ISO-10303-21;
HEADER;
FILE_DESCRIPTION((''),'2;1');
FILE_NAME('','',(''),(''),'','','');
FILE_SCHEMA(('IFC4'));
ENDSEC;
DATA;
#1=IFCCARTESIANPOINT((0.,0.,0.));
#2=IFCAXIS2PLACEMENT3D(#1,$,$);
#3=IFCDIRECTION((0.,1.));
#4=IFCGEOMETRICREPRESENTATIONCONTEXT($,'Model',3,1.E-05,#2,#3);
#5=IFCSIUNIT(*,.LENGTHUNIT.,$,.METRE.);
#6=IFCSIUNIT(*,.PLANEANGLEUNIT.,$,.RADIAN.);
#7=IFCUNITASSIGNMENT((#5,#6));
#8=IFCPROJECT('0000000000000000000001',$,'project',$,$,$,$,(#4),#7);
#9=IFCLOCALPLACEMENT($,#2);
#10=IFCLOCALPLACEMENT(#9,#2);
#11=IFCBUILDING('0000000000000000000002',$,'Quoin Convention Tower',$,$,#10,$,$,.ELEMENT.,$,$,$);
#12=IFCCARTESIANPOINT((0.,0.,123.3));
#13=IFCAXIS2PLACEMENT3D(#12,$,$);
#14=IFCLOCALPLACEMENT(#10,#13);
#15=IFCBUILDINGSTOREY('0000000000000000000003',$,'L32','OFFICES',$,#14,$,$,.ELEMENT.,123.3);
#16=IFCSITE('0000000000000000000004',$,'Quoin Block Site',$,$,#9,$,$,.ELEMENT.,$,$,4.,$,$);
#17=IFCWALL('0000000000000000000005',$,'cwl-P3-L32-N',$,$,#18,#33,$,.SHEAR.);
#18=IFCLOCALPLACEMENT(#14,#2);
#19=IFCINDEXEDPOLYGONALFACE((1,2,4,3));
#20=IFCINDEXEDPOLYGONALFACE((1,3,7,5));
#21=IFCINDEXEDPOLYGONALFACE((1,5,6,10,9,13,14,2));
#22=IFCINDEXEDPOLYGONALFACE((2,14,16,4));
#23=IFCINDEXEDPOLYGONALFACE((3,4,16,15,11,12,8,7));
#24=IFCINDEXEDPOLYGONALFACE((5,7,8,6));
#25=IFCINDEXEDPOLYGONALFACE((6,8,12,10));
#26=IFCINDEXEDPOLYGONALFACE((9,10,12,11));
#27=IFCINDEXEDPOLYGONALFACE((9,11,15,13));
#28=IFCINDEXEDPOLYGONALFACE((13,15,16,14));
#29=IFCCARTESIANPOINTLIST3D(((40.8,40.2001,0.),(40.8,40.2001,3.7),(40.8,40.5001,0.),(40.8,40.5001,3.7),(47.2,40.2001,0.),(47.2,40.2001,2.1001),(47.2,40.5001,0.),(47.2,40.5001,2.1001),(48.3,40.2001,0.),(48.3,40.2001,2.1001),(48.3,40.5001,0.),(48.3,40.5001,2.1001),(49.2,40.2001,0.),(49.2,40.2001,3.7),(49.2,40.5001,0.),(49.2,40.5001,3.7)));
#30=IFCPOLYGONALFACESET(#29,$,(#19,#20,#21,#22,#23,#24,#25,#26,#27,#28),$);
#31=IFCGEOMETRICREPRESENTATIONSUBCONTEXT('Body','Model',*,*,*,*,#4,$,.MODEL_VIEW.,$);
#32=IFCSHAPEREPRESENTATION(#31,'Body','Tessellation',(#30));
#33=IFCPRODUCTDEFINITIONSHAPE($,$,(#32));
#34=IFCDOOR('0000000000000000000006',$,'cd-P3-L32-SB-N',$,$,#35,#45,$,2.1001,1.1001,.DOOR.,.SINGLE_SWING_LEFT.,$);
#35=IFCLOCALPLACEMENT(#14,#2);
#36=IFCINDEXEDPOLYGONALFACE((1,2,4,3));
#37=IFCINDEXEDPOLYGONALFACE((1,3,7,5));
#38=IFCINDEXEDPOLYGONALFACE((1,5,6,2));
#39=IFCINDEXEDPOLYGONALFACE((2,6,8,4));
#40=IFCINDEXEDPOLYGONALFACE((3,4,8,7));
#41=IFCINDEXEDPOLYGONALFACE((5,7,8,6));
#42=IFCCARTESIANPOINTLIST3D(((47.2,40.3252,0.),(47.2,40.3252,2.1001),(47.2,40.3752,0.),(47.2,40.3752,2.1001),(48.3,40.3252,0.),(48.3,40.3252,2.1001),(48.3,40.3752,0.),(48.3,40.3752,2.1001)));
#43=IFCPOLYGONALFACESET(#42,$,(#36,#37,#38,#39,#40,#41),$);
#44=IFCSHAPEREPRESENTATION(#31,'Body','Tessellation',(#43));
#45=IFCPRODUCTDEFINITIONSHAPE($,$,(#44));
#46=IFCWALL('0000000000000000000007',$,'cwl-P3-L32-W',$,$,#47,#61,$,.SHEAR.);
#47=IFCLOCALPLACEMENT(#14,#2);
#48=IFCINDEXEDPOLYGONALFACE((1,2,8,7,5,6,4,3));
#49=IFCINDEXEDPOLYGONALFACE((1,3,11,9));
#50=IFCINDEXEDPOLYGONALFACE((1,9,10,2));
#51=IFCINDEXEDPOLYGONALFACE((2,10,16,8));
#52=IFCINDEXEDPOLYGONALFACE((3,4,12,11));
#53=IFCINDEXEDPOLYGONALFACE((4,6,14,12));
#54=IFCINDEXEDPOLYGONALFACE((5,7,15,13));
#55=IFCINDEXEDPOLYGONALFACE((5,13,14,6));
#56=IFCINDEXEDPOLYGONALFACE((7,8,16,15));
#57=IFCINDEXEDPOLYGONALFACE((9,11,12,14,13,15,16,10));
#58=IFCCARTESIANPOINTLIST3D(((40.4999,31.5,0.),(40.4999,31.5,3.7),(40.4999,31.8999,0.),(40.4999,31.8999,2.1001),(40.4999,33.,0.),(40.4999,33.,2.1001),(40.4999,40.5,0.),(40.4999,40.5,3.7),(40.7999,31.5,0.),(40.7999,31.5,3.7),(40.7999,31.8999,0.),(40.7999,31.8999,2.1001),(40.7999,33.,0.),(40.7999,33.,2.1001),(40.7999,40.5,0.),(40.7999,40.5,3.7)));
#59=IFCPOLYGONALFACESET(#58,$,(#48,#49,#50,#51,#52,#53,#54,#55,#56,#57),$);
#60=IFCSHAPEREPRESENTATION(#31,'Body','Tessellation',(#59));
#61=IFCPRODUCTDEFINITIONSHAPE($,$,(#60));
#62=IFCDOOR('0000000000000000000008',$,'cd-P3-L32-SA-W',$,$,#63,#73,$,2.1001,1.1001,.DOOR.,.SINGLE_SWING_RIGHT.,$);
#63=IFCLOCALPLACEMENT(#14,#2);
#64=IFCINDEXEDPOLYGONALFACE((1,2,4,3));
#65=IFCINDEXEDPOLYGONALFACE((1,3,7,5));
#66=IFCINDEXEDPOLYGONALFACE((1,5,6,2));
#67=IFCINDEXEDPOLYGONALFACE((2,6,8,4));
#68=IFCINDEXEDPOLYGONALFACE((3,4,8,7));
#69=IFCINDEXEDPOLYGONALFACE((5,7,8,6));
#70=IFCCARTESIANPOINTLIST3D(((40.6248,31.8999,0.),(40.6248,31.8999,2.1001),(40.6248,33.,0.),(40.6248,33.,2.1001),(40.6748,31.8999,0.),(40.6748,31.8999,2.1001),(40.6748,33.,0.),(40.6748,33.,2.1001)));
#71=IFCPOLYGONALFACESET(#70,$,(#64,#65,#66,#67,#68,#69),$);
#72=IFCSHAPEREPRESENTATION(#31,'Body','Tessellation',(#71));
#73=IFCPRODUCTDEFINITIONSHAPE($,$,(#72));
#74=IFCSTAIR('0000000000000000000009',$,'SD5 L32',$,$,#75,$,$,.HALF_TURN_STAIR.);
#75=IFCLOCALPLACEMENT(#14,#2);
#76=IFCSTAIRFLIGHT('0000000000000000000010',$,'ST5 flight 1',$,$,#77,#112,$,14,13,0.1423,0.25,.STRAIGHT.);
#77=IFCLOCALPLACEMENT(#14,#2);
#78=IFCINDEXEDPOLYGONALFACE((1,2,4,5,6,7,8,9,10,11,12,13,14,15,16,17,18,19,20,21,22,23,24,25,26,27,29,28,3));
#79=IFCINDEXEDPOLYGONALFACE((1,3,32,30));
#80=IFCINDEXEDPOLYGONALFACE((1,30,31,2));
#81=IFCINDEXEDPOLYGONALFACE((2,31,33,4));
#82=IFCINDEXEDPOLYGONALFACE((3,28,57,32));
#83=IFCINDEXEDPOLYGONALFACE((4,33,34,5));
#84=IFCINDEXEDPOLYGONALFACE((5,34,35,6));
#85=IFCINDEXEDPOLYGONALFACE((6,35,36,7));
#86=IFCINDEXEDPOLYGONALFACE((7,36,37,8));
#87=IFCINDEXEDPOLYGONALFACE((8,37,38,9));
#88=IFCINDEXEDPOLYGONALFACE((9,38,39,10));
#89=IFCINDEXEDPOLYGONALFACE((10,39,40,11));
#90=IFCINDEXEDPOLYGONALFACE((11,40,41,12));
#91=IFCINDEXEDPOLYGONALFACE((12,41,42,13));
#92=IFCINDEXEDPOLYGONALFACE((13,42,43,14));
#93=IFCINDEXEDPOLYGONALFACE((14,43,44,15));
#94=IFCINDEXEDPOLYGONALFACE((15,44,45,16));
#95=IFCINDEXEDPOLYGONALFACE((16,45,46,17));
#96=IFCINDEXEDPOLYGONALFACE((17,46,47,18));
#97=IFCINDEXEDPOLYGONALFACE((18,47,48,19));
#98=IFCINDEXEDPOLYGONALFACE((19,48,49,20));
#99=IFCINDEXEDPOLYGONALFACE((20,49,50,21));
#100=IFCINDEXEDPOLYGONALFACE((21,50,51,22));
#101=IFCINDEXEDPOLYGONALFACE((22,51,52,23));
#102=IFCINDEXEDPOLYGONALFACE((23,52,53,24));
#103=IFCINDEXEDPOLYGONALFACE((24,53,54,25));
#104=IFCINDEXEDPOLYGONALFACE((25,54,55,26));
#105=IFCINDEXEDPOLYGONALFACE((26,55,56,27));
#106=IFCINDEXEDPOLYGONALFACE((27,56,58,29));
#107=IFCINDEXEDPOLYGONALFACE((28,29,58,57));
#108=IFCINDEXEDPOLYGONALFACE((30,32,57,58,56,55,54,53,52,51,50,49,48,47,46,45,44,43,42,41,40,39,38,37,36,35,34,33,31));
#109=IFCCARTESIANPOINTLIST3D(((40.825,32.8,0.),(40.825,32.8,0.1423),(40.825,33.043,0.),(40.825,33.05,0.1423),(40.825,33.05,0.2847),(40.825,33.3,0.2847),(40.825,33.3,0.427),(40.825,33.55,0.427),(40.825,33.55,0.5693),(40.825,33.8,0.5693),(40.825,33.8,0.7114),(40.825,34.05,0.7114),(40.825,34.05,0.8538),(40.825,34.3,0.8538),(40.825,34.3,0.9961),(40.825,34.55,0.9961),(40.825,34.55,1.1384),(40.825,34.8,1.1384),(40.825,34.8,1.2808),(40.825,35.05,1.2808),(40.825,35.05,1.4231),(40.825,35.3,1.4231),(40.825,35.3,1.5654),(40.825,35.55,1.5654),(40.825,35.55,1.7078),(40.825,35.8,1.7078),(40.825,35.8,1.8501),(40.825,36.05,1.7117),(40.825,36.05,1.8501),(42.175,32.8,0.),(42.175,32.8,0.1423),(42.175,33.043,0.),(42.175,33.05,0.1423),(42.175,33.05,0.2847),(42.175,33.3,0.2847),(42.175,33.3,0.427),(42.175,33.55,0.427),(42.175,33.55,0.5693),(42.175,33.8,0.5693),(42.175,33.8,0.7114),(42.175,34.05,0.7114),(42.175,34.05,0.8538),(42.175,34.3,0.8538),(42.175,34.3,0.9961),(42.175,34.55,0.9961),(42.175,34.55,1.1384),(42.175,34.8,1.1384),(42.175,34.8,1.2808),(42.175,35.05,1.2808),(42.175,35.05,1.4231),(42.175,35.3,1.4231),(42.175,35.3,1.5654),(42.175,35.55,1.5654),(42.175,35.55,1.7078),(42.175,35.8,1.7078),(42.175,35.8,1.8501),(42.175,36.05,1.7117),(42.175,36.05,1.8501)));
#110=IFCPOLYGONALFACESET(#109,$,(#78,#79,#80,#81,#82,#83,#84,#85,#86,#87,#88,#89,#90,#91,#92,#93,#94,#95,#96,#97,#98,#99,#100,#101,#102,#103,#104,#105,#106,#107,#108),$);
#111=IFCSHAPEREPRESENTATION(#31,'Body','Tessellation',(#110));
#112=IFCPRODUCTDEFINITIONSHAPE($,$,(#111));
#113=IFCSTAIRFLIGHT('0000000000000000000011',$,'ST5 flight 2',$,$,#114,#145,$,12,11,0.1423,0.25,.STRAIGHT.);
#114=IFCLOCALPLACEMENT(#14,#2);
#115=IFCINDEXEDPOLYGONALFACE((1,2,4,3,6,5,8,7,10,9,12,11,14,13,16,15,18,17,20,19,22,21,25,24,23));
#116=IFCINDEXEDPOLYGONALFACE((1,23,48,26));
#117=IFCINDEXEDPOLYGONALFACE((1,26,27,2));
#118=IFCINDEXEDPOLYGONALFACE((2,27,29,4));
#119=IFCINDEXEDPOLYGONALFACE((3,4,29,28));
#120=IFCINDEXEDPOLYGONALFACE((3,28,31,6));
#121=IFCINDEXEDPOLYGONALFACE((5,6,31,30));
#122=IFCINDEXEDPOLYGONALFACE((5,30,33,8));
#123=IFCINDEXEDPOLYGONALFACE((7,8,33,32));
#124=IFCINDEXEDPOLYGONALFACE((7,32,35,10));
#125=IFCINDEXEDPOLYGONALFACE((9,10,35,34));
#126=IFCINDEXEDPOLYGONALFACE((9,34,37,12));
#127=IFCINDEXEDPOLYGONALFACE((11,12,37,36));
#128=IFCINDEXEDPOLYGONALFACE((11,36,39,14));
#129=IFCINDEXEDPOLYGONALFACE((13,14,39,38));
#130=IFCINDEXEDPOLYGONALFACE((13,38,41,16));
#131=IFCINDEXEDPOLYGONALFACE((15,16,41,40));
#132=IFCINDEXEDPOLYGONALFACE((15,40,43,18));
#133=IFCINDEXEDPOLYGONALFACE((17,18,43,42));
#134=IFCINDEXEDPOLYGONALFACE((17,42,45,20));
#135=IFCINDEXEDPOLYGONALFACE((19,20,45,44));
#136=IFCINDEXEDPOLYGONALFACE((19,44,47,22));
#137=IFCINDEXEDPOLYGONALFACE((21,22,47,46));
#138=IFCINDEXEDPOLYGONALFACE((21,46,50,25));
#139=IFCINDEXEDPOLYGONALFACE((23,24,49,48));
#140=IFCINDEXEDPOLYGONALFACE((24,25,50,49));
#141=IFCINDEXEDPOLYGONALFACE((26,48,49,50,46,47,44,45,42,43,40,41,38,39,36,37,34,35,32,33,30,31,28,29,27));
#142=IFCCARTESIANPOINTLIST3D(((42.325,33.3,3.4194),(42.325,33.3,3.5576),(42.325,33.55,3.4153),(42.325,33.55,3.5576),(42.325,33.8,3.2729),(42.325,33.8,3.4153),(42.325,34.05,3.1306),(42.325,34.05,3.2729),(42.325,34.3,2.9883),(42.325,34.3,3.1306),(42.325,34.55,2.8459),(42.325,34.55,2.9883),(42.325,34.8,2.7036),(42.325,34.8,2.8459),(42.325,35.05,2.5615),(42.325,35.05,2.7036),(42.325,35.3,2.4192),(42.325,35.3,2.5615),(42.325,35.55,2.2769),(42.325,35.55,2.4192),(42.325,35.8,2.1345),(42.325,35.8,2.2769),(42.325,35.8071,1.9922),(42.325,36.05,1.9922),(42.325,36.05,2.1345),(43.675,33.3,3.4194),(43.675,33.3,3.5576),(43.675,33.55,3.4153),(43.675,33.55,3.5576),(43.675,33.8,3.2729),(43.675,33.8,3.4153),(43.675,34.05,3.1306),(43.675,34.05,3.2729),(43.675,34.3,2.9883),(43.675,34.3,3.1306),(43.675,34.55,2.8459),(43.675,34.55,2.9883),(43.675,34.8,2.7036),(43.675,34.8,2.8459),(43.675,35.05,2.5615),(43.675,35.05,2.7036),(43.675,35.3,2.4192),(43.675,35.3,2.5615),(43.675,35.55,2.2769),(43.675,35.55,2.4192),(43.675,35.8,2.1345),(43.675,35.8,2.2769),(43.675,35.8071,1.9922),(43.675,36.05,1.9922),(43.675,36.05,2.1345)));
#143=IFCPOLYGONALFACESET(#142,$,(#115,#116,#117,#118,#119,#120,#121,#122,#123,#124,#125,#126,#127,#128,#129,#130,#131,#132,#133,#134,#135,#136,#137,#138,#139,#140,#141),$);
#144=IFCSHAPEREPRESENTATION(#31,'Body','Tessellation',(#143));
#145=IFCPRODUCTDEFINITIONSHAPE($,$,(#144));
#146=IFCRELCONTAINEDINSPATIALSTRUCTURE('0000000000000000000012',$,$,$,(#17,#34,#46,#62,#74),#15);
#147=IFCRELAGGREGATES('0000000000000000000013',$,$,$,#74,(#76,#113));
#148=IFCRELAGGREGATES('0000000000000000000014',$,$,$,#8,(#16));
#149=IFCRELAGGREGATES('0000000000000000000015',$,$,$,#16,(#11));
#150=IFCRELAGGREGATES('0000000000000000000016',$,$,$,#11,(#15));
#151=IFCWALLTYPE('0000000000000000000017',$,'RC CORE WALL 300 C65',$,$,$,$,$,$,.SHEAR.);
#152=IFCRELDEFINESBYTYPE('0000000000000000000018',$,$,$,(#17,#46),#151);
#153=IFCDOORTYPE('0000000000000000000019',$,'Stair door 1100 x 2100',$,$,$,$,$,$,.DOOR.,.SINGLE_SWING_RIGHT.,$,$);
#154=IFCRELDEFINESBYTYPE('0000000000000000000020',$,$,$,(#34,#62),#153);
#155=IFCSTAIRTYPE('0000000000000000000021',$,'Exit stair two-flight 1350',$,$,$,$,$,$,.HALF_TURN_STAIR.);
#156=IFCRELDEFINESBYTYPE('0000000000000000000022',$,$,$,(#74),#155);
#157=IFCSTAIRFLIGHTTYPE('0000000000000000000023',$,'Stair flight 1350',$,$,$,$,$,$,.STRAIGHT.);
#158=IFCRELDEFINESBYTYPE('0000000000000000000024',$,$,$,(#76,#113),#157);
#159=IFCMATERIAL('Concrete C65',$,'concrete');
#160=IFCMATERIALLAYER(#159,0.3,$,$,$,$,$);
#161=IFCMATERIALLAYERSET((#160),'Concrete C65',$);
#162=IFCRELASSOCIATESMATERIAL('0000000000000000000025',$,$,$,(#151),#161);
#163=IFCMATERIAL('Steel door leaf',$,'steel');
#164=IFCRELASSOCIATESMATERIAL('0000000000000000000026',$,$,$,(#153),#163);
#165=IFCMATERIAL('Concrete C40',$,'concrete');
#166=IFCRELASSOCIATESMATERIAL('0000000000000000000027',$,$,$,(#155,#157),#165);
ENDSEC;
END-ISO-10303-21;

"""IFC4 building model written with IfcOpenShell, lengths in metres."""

from ifc_helpers import new_model, si_unit, direction, frame, frame_2d, origin, place, context, subcontext, project, spatial, polyline, rectangle, outline, extrude, material, layer, layer_set, type_object, element, fill, aggregate, save


model = new_model("IFC4")

# Units and contexts
model_context = context("Model", 3, precision=1e-05, world=origin(), true_north=direction((0.0, 1.0)))
body_context = subcontext(model_context, "Body", "Model", "MODEL_VIEW")
ifc_project = project(units=[si_unit("LENGTHUNIT", "METRE"), si_unit("PLANEANGLEUNIT", "RADIAN")], contexts=[model_context])

# Site, building, storey
site_placement = place(None, origin())
site = spatial("IfcSite", under=ifc_project, at=site_placement, Name="Quoin Block Site", CompositionType="ELEMENT", RefElevation=4.0)
building_placement = place(site_placement, origin())
building = spatial("IfcBuilding", under=site, at=building_placement, Name="Quoin Convention Tower", CompositionType="ELEMENT")
storey_placement = place(building_placement, frame((0.0, 0.0, 123.3)))
storey = spatial("IfcBuildingStorey", under=building, at=storey_placement, Name="L32", Description="OFFICES", CompositionType="ELEMENT", Elevation=123.3)

# Shared definitions
ifc_material_1 = material(Name="Concrete C65", Category="concrete")

# Walls, openings, doors
ifc_layer_1 = layer(ifc_material_1, 0.3)
ifc_layer_set_1 = layer_set([ifc_layer_1], Name="Concrete C65")
wall_type_1 = type_object("IfcWallType", Name="RC CORE WALL 300 C65", PredefinedType="SHEAR", material=ifc_layer_set_1)
ifc_material_2 = material(Name="Steel door leaf", Category="steel")
wall_1_placement = place(storey_placement, frame((40.8, 40.3501, 0.0), z_axis=(0.0, 0.0, 1.0), x_axis=(1.0, 0.0, 0.0)))
wall_1 = element("IfcWall", 1, at=wall_1_placement, inside=storey, type_object=wall_type_1, Name="cwl-P3-L32-N", PredefinedType="SHEAR", context=body_context, shape_type="SweptSolid", body=[
    extrude(rectangle(XDim=8.3999, YDim=0.3, at=frame_2d((4.2, 0.0))), origin(), (0.0, 0.0, 1.0), 3.7),
])
opening_1_placement = place(wall_1_placement, frame((6.3999, 0.0, 0.0)))
opening_1 = element("IfcOpeningElement", 2, at=opening_1_placement, cuts=wall_1, PredefinedType="OPENING", context=body_context, shape_type="SweptSolid", body=[
    extrude(rectangle(XDim=1.1001, YDim=2.1001, at=frame_2d((0.55, 1.05))), frame((0.0, 0.1599, 0.0), z_axis=(0.0, -1.0, 0.0), x_axis=(1.0, 0.0, 0.0)), (0.0, 0.0, 1.0), 0.3201),
])
door_type_1 = type_object("IfcDoorType", Name="Stair door 1100 x 2100", OperationType="SINGLE_SWING_RIGHT", PredefinedType="DOOR", material=ifc_material_2)
door_1_placement = place(opening_1_placement, frame((1.1001, 0.0, 0.0), z_axis=(0.0, 0.0, 1.0), x_axis=(-1.0, 0.0, 0.0)))
door_1 = element("IfcDoor", 3, at=door_1_placement, inside=storey, type_object=door_type_1, Name="cd-P3-L32-SB-N", OperationType="SINGLE_SWING_LEFT", OverallHeight=2.1001, OverallWidth=1.1001, PredefinedType="DOOR", context=body_context, shape_type="SweptSolid", body=[
    extrude(rectangle(XDim=1.1001, YDim=2.1001, at=frame_2d((0.55, 1.05))), frame((0.0, 0.0249, 0.0), z_axis=(0.0, -1.0, 0.0), x_axis=(1.0, 0.0, 0.0)), (0.0, 0.0, 1.0), 0.05),
])
fill(opening_1, door_1)
wall_2_placement = place(storey_placement, frame((40.6499, 31.5, 0.0), z_axis=(0.0, 0.0, 1.0), x_axis=(0.0, 1.0, 0.0)))
wall_2 = element("IfcWall", 4, at=wall_2_placement, inside=storey, type_object=wall_type_1, Name="cwl-P3-L32-W", PredefinedType="SHEAR", context=body_context, shape_type="SweptSolid", body=[
    extrude(rectangle(XDim=9.0, YDim=0.3, at=frame_2d((4.5, 0.0))), origin(), (0.0, 0.0, 1.0), 3.7),
])
opening_2_placement = place(wall_2_placement, frame((0.3999, 0.0, 0.0)))
opening_2 = element("IfcOpeningElement", 5, at=opening_2_placement, cuts=wall_2, PredefinedType="OPENING", context=body_context, shape_type="SweptSolid", body=[
    extrude(rectangle(XDim=1.1001, YDim=2.1001, at=frame_2d((0.55, 1.05))), frame((0.0, 0.1599, 0.0), z_axis=(0.0, -1.0, 0.0), x_axis=(1.0, 0.0, 0.0)), (0.0, 0.0, 1.0), 0.3201),
])
door_2_placement = place(opening_2_placement, frame((1.1001, 0.0, 0.0), z_axis=(0.0, 0.0, 1.0), x_axis=(-1.0, 0.0, 0.0)))
door_2 = element("IfcDoor", 6, at=door_2_placement, inside=storey, type_object=door_type_1, Name="cd-P3-L32-SA-W", OperationType="SINGLE_SWING_RIGHT", OverallHeight=2.1001, OverallWidth=1.1001, PredefinedType="DOOR", context=body_context, shape_type="SweptSolid", body=[
    extrude(rectangle(XDim=1.1001, YDim=2.1001, at=frame_2d((0.55, 1.05))), frame((0.0, 0.0249, 0.0), z_axis=(0.0, -1.0, 0.0), x_axis=(1.0, 0.0, 0.0)), (0.0, 0.0, 1.0), 0.05),
])
fill(opening_2, door_2)

# Stair, stair flights
ifc_material_3 = material(Name="Concrete C40", Category="concrete")
stair_type = type_object("IfcStairType", Name="Exit stair two-flight 1350", PredefinedType="HALF_TURN_STAIR", material=ifc_material_3)
stair_placement = place(storey_placement, origin())
stair = element("IfcStair", 7, at=stair_placement, inside=storey, type_object=stair_type, Name="SD5 L32", PredefinedType="HALF_TURN_STAIR")
stair_flight_type = type_object("IfcStairFlightType", Name="Stair flight 1350", PredefinedType="STRAIGHT", material=ifc_material_3)
stair_flight_1_placement = place(storey_placement, frame((41.5, 32.8, 0.0), z_axis=(0.0, 0.0, 1.0), x_axis=(0.0, 1.0, 0.0)))
stair_flight_1 = element("IfcStairFlight", 8, at=stair_flight_1_placement, type_object=stair_flight_type, Name="ST5 flight 1", NumberOfRisers=14, NumberOfTreads=13, PredefinedType="STRAIGHT", RiserHeight=0.1423, TreadLength=0.25, context=body_context, shape_type="SweptSolid", body=[
    extrude(outline(polyline([(0.0, 0.0), (0.0, 0.1423), (0.25, 0.1423), (0.25, 0.2847), (0.5, 0.2847), (0.5, 0.427), (0.75, 0.427), (0.75, 0.5693), (1.0, 0.5693), (1.0, 0.7114), (1.25, 0.7114), (1.25, 0.8538), (1.5, 0.8538), (1.5, 0.9961), (1.75, 0.9961), (1.75, 1.1384), (2.0, 1.1384), (2.0, 1.2808), (2.25, 1.2808), (2.25, 1.4231), (2.5, 1.4231), (2.5, 1.5654), (2.75, 1.5654), (2.75, 1.7078), (3.0, 1.7078), (3.0, 1.8501), (3.25, 1.8501), (3.25, 1.9922), (3.25, 1.7117), (0.2429, 0.0), (0.0, 0.0)])), frame((0.0, 0.675, 0.0), z_axis=(0.0, -1.0, 0.0), x_axis=(1.0, 0.0, 0.0)), (0.0, 0.0, 1.0), 1.3501),
])
stair_flight_2_placement = place(storey_placement, frame((43.0, 36.05, 1.9922), z_axis=(0.0, 0.0, 1.0), x_axis=(0.0, -1.0, 0.0)))
stair_flight_2 = element("IfcStairFlight", 9, at=stair_flight_2_placement, type_object=stair_flight_type, Name="ST5 flight 2", NumberOfRisers=12, NumberOfTreads=11, PredefinedType="STRAIGHT", RiserHeight=0.1423, TreadLength=0.25, context=body_context, shape_type="SweptSolid", body=[
    extrude(outline(polyline([(0.0, 0.0), (0.0, 0.1423), (0.25, 0.1423), (0.25, 0.2847), (0.5, 0.2847), (0.5, 0.427), (0.75, 0.427), (0.75, 0.5693), (1.0, 0.5693), (1.0, 0.7114), (1.25, 0.7114), (1.25, 0.8538), (1.5, 0.8538), (1.5, 0.9961), (1.75, 0.9961), (1.75, 1.1384), (2.0, 1.1384), (2.0, 1.2808), (2.25, 1.2808), (2.25, 1.4231), (2.5, 1.4231), (2.5, 1.5654), (2.75, 1.5654), (2.75, 1.7078), (2.75, 1.4272), (0.2429, 0.0), (0.0, 0.0)])), frame((0.0, 0.675, 0.0), z_axis=(0.0, -1.0, 0.0), x_axis=(1.0, 0.0, 0.0)), (0.0, 0.0, 1.0), 1.3501),
])
aggregate(stair, [stair_flight_1, stair_flight_2])

save(model, "model.ifc")
